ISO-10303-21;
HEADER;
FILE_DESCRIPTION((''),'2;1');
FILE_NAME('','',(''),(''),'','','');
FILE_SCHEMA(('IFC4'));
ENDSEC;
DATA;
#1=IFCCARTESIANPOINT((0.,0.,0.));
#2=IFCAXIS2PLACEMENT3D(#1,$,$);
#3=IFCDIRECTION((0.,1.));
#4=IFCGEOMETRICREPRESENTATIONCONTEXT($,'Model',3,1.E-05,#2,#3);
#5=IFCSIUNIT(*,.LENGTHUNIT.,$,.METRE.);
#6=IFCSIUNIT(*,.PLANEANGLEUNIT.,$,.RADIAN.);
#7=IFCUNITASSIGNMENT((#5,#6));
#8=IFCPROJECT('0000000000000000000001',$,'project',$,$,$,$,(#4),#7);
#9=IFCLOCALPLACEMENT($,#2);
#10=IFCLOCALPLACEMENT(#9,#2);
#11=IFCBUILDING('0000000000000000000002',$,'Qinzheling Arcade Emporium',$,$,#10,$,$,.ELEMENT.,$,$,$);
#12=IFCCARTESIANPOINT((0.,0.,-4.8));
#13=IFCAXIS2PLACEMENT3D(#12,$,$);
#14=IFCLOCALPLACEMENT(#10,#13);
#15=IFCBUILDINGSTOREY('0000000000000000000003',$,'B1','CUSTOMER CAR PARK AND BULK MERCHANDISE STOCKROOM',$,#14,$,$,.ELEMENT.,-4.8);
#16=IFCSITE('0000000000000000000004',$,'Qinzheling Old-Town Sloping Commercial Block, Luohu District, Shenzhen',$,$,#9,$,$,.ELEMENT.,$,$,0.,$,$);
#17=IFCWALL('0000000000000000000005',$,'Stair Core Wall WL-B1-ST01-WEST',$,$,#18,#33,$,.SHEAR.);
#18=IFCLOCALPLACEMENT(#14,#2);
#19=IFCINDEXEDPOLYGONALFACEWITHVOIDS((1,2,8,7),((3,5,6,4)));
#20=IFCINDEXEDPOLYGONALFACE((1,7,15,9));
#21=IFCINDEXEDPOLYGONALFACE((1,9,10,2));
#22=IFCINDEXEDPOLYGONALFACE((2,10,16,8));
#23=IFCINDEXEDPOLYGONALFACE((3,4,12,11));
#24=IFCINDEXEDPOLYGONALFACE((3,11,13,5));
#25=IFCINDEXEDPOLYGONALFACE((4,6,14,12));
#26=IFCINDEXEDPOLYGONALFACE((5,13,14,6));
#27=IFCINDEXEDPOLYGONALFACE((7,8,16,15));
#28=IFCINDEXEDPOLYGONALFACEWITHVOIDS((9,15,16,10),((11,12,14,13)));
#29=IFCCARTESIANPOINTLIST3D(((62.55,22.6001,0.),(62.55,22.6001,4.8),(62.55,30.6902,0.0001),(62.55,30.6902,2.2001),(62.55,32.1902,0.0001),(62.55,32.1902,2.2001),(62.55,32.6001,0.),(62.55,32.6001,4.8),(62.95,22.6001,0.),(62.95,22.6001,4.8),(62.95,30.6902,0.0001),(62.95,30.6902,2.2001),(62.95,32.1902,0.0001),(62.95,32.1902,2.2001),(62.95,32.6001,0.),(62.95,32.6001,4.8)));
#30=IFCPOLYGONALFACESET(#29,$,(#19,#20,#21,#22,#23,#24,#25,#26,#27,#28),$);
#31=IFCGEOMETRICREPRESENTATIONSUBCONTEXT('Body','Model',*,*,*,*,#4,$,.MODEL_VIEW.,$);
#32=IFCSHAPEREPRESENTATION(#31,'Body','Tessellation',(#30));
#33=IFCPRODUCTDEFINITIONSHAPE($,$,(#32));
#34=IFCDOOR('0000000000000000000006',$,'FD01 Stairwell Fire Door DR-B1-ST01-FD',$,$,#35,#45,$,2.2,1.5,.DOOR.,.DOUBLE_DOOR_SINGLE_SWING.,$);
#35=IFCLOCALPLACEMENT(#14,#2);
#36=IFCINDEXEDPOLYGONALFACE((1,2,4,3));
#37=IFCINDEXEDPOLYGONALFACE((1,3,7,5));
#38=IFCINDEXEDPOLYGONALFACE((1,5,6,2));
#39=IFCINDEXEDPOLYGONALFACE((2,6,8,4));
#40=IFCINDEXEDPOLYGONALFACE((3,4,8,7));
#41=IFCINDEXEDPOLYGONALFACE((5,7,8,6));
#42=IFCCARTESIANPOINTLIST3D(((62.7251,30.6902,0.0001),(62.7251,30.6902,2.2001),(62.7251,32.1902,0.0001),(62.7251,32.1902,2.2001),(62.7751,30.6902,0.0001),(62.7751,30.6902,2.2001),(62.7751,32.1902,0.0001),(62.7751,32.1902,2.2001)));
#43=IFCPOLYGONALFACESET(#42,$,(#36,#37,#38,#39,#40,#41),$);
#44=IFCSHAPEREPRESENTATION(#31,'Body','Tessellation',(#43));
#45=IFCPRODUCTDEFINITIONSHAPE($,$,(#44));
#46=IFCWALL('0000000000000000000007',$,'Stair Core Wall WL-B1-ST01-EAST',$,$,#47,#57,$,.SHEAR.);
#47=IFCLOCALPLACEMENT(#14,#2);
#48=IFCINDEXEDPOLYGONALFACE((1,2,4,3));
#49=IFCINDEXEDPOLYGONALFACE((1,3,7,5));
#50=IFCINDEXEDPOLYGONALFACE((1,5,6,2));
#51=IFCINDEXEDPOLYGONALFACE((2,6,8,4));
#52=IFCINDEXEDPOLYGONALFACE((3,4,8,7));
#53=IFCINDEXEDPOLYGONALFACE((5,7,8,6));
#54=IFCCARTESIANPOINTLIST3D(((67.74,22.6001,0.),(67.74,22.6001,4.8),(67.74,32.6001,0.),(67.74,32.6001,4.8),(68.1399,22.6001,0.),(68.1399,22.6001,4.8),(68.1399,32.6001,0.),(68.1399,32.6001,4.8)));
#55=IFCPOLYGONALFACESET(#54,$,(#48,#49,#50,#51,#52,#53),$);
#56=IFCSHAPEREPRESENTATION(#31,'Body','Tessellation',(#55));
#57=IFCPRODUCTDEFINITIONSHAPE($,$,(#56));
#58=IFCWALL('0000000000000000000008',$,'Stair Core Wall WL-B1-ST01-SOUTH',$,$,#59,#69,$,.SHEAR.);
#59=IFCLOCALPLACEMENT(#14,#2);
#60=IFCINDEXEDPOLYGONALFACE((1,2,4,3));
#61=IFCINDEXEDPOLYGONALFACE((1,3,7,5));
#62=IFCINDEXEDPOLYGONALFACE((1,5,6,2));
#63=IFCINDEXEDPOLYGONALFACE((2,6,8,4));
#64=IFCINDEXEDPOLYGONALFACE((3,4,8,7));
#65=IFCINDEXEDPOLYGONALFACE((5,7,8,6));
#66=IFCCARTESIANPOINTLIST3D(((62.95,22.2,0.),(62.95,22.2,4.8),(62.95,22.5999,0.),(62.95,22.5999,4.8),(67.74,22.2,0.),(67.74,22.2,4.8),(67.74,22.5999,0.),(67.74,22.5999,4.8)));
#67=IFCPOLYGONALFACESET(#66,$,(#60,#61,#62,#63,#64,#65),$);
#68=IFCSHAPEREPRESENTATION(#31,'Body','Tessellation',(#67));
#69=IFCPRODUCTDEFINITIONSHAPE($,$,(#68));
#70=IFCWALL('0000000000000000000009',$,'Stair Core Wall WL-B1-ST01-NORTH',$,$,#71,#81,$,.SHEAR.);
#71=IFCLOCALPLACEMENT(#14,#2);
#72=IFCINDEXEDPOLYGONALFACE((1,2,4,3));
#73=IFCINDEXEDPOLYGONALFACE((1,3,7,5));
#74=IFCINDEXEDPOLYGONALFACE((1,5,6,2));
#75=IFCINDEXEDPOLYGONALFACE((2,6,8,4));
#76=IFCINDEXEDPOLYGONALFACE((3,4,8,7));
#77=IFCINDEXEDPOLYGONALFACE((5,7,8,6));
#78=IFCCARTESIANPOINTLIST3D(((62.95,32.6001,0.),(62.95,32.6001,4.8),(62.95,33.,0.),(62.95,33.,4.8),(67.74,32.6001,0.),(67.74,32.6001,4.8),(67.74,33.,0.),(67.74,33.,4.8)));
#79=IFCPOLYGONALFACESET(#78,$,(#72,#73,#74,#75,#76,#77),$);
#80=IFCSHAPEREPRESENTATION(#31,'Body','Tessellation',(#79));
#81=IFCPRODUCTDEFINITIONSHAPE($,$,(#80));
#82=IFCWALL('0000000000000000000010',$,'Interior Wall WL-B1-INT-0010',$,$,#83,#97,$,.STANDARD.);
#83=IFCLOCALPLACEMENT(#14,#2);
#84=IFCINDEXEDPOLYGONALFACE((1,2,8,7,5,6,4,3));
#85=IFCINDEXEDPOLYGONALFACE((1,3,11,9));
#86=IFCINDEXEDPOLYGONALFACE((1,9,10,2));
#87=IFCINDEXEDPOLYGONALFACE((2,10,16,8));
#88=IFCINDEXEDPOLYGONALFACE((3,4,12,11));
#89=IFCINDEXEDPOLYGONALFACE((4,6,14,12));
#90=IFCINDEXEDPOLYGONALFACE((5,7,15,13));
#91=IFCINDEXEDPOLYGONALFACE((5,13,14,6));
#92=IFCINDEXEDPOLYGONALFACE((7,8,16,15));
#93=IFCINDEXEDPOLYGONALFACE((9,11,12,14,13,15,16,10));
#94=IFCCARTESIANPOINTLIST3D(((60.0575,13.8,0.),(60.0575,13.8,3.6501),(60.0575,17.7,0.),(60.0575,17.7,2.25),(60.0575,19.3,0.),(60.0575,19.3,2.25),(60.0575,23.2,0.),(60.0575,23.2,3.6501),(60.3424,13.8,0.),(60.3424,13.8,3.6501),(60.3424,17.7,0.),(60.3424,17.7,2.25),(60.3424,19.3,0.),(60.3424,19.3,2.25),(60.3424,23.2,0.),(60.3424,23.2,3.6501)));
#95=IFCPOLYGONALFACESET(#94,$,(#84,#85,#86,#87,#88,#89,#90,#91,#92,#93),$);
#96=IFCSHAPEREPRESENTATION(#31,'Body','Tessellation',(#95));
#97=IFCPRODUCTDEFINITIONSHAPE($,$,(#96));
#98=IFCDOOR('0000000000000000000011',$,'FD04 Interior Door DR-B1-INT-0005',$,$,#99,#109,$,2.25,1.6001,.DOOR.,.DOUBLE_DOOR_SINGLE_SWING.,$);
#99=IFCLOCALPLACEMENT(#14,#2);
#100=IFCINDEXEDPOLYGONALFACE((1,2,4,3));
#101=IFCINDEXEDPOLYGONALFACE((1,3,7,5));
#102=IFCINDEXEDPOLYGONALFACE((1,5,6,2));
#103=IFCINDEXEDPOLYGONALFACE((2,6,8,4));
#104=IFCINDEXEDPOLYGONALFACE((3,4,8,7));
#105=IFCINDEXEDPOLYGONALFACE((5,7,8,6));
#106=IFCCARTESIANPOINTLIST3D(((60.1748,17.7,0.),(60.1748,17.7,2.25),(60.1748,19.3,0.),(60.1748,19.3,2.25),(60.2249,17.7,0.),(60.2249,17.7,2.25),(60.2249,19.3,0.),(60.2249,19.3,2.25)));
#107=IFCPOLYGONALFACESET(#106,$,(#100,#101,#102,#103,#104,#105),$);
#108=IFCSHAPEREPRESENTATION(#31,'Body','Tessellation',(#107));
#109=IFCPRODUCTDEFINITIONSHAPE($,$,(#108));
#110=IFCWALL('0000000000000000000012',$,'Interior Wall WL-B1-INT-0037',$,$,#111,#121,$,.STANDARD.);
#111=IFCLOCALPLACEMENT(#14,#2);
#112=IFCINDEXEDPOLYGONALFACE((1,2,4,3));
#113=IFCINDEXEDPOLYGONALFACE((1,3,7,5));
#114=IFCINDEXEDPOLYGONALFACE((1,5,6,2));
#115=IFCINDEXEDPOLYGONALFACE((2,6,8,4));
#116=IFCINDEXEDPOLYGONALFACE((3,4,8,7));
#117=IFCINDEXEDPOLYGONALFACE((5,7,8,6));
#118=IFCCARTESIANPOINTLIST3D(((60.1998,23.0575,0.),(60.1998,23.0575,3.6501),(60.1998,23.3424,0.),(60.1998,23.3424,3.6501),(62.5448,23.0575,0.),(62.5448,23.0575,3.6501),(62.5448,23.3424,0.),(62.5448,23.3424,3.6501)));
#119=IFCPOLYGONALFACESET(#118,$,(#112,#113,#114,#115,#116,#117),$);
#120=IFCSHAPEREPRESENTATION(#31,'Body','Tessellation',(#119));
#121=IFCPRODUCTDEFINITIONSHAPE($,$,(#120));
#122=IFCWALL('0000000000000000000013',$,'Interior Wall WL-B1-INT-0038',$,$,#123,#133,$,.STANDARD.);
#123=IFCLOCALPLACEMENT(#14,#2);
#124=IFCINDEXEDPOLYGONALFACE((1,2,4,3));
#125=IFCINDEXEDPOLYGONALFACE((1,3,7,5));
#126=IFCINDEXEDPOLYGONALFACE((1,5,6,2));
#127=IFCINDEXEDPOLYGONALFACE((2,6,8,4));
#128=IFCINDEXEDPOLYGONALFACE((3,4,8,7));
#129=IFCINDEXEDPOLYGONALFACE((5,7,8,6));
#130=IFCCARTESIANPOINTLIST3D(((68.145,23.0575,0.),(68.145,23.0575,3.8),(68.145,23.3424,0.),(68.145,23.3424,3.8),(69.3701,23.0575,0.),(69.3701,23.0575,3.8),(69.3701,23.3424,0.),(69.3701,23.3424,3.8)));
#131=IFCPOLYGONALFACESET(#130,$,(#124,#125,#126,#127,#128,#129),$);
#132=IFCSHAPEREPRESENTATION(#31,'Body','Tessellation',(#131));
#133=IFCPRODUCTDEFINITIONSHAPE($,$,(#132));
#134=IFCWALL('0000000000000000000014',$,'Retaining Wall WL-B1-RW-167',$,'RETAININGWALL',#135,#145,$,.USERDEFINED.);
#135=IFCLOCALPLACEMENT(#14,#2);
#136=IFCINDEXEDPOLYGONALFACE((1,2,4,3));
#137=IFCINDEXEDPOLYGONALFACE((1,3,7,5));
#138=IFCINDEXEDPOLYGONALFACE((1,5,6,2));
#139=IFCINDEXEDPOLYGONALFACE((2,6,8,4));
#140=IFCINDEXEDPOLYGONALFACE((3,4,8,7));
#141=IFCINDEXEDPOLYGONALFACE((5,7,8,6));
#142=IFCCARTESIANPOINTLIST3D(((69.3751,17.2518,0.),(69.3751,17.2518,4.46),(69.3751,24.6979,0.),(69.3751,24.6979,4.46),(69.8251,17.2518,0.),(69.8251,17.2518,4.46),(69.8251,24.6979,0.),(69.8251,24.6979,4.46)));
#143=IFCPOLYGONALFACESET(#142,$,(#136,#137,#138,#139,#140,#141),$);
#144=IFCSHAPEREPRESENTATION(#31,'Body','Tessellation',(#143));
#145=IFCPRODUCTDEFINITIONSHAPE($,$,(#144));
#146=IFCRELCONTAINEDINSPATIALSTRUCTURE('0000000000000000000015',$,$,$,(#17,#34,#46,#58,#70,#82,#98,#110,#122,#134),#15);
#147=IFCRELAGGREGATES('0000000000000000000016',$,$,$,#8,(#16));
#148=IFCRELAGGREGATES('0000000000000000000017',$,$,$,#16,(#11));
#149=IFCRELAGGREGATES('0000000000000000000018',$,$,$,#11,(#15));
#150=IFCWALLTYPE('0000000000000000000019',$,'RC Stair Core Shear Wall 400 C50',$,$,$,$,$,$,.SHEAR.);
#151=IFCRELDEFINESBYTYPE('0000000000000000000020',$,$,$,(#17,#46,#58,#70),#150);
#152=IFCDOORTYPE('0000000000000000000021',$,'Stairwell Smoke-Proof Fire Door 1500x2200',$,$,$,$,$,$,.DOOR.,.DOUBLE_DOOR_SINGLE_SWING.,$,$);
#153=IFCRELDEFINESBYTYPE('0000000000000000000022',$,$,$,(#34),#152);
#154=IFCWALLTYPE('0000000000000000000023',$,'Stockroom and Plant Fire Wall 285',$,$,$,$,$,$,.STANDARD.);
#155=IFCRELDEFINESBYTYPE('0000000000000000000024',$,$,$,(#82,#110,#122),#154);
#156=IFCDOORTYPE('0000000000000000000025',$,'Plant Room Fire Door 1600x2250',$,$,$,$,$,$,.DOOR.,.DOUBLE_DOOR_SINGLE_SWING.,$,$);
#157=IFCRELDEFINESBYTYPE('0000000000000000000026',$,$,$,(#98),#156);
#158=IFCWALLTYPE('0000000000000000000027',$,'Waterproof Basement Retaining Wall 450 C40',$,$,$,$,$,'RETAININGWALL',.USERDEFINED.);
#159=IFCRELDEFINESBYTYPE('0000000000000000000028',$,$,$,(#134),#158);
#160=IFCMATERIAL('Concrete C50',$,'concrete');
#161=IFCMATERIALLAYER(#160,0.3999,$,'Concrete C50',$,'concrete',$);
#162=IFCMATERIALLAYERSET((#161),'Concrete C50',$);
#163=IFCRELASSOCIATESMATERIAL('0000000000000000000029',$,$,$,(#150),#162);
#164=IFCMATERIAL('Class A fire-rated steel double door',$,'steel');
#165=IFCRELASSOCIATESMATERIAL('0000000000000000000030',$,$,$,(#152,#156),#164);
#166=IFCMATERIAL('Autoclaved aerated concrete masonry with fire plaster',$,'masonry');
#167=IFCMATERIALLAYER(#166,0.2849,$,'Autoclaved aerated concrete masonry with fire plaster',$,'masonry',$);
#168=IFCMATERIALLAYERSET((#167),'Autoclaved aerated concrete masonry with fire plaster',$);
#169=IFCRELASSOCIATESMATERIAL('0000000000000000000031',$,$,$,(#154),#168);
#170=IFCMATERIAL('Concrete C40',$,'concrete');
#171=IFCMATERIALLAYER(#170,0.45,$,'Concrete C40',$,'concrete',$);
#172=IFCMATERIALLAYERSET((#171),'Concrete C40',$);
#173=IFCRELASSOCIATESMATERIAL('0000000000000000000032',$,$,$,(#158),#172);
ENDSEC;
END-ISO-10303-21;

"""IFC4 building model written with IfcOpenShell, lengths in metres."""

from ifc_helpers import new_model, si_unit, direction, frame, frame_2d, origin, place, context, subcontext, project, spatial, rectangle, extrude, material, layer, layer_set, type_object, element, fill, save


model = new_model("IFC4")

# Units and contexts
model_context = context("Model", 3, precision=1e-05, world=origin(), true_north=direction((0.0, 1.0)))
body_context = subcontext(model_context, "Body", "Model", "MODEL_VIEW")
ifc_project = project(units=[si_unit("LENGTHUNIT", "METRE"), si_unit("PLANEANGLEUNIT", "RADIAN")], contexts=[model_context])

# Site, building, storey
site_placement = place(None, origin())
site = spatial("IfcSite", under=ifc_project, at=site_placement, Name="Qinzheling Old-Town Sloping Commercial Block, Luohu District, Shenzhen", CompositionType="ELEMENT", RefElevation=0.0)
building_placement = place(site_placement, origin())
building = spatial("IfcBuilding", under=site, at=building_placement, Name="Qinzheling Arcade Emporium", CompositionType="ELEMENT")
storey_placement = place(building_placement, frame((0.0, 0.0, -4.8)))
storey = spatial("IfcBuildingStorey", under=building, at=storey_placement, Name="B1", Description="CUSTOMER CAR PARK AND BULK MERCHANDISE STOCKROOM", CompositionType="ELEMENT", Elevation=-4.8)

# Shared definitions
ifc_material_1 = material(Name="Concrete C50", Category="concrete")

# Shared definitions
ifc_material_2 = material(Name="Concrete C40", Category="concrete")

# Wall, opening, door
ifc_layer_1 = layer(ifc_material_1, 0.3999, Name="Concrete C50", Category="concrete")
ifc_layer_set_1 = layer_set([ifc_layer_1], Name="Concrete C50")
wall_type_1 = type_object("IfcWallType", Name="RC Stair Core Shear Wall 400 C50", PredefinedType="SHEAR", material=ifc_layer_set_1)
wall_1_placement = place(storey_placement, frame((62.75, 22.6001, 0.0), z_axis=(0.0, 0.0, 1.0), x_axis=(0.0, 1.0, 0.0)))
wall_1 = element("IfcWall", 1, at=wall_1_placement, inside=storey, type_object=wall_type_1, Name="Stair Core Wall WL-B1-ST01-WEST", PredefinedType="SHEAR", context=body_context, shape_type="SweptSolid", body=[
    extrude(rectangle(XDim=10.0, YDim=0.3999, at=frame_2d((5.0, 0.0))), origin(), (0.0, 0.0, 1.0), 4.8),
])
opening_1_placement = place(wall_1_placement, frame((8.0901, 0.0, 0.0)))
opening_1 = element("IfcOpeningElement", 2, at=opening_1_placement, cuts=wall_1, PredefinedType="OPENING", context=body_context, shape_type="SweptSolid", body=[
    extrude(rectangle(XDim=1.5, YDim=2.2, at=frame_2d((0.75, 1.1001))), frame((0.0, 0.21, 0.0), z_axis=(0.0, -1.0, 0.0), x_axis=(1.0, 0.0, 0.0)), (0.0, 0.0, 1.0), 0.4199),
])
ifc_material_3 = material(Name="Class A fire-rated steel double door", Category="steel")
door_type_1 = type_object("IfcDoorType", Name="Stairwell Smoke-Proof Fire Door 1500x2200", OperationType="DOUBLE_DOOR_SINGLE_SWING", PredefinedType="DOOR", material=ifc_material_3)
door_1_placement = place(opening_1_placement, origin())
door_1 = element("IfcDoor", 3, at=door_1_placement, inside=storey, type_object=door_type_1, Name="FD01 Stairwell Fire Door DR-B1-ST01-FD", OperationType="DOUBLE_DOOR_SINGLE_SWING", OverallHeight=2.2, OverallWidth=1.5, PredefinedType="DOOR", context=body_context, shape_type="SweptSolid", body=[
    extrude(rectangle(XDim=1.5, YDim=2.2, at=frame_2d((0.75, 1.1001))), frame((0.0, 0.0249, 0.0), z_axis=(0.0, -1.0, 0.0), x_axis=(1.0, 0.0, 0.0)), (0.0, 0.0, 1.0), 0.05),
])
fill(opening_1, door_1)

# Walls
wall_2_placement = place(storey_placement, frame((67.9399, 32.6001, 0.0), z_axis=(0.0, 0.0, 1.0), x_axis=(0.0, -1.0, 0.0)))
element("IfcWall", 4, at=wall_2_placement, inside=storey, type_object=wall_type_1, Name="Stair Core Wall WL-B1-ST01-EAST", PredefinedType="SHEAR", context=body_context, shape_type="SweptSolid", body=[
    extrude(rectangle(XDim=10.0, YDim=0.3999, at=frame_2d((5.0, 0.0))), origin(), (0.0, 0.0, 1.0), 4.8),
])
for number, where, z_axis, x_axis, name in (
    (5, (67.74, 22.3999, 0.0), (0.0, 0.0, 1.0), (-1.0, 0.0, 0.0), "Stair Core Wall WL-B1-ST01-SOUTH"),
    (6, (62.95, 32.8, 0.0), (0.0, 0.0, 1.0), (1.0, 0.0, 0.0), "Stair Core Wall WL-B1-ST01-NORTH"),
):
    element("IfcWall", number, at=place(storey_placement, frame(where, z_axis=z_axis, x_axis=x_axis)), inside=storey, type_object=wall_type_1, Name=name, PredefinedType="SHEAR", context=body_context, shape_type="SweptSolid", body=[
        extrude(rectangle(XDim=4.79, YDim=0.3999, at=frame_2d((2.395, 0.0))), origin(), (0.0, 0.0, 1.0), 4.8),
    ])

# Wall, opening, door
ifc_material_4 = material(Name="Autoclaved aerated concrete masonry with fire plaster", Category="masonry")
ifc_layer_2 = layer(ifc_material_4, 0.2849, Name="Autoclaved aerated concrete masonry with fire plaster", Category="masonry")
ifc_layer_set_2 = layer_set([ifc_layer_2], Name="Autoclaved aerated concrete masonry with fire plaster")
wall_type_2 = type_object("IfcWallType", Name="Stockroom and Plant Fire Wall 285", PredefinedType="STANDARD", material=ifc_layer_set_2)
wall_3_placement = place(storey_placement, frame((60.2, 23.2, 0.0), z_axis=(0.0, 0.0, 1.0), x_axis=(0.0, -1.0, 0.0)))
wall_3 = element("IfcWall", 7, at=wall_3_placement, inside=storey, type_object=wall_type_2, Name="Interior Wall WL-B1-INT-0010", PredefinedType="STANDARD", context=body_context, shape_type="SweptSolid", body=[
    extrude(rectangle(XDim=9.3999, YDim=0.2849, at=frame_2d((4.7, 0.0))), origin(), (0.0, 0.0, 1.0), 3.6501),
])
opening_2_placement = place(wall_3_placement, frame((3.8999, 0.0, 0.0)))
opening_2 = element("IfcOpeningElement", 8, at=opening_2_placement, cuts=wall_3, PredefinedType="OPENING", context=body_context, shape_type="SweptSolid", body=[
    extrude(rectangle(XDim=1.6001, YDim=2.25, at=frame_2d((0.8, 1.125))), frame((0.0, 0.1523, 0.0), z_axis=(0.0, -1.0, 0.0), x_axis=(1.0, 0.0, 0.0)), (0.0, 0.0, 1.0), 0.3049),
])
door_type_2 = type_object("IfcDoorType", Name="Plant Room Fire Door 1600x2250", OperationType="DOUBLE_DOOR_SINGLE_SWING", PredefinedType="DOOR", material=ifc_material_3)
door_2_placement = place(opening_2_placement, origin())
door_2 = element("IfcDoor", 9, at=door_2_placement, inside=storey, type_object=door_type_2, Name="FD04 Interior Door DR-B1-INT-0005", OperationType="DOUBLE_DOOR_SINGLE_SWING", OverallHeight=2.25, OverallWidth=1.6001, PredefinedType="DOOR", context=body_context, shape_type="SweptSolid", body=[
    extrude(rectangle(XDim=1.6001, YDim=2.25, at=frame_2d((0.8, 1.125))), frame((0.0, 0.0249, 0.0), z_axis=(0.0, -1.0, 0.0), x_axis=(1.0, 0.0, 0.0)), (0.0, 0.0, 1.0), 0.05),
])
fill(opening_2, door_2)

# Walls
wall_4_placement = place(storey_placement, frame((60.2, 23.2, 0.0), z_axis=(0.0, 0.0, 1.0), x_axis=(1.0, 0.0, 0.0)))
element("IfcWall", 10, at=wall_4_placement, inside=storey, type_object=wall_type_2, Name="Interior Wall WL-B1-INT-0037", PredefinedType="STANDARD", context=body_context, shape_type="SweptSolid", body=[
    extrude(rectangle(XDim=2.345, YDim=0.2849, at=frame_2d((1.1724, 0.0))), origin(), (0.0, 0.0, 1.0), 3.6501),
])
wall_5_placement = place(storey_placement, frame((68.145, 23.2, 0.0), z_axis=(0.0, 0.0, 1.0), x_axis=(1.0, 0.0, 0.0)))
element("IfcWall", 11, at=wall_5_placement, inside=storey, type_object=wall_type_2, Name="Interior Wall WL-B1-INT-0038", PredefinedType="STANDARD", context=body_context, shape_type="SweptSolid", body=[
    extrude(rectangle(XDim=1.2251, YDim=0.2849, at=frame_2d((0.6125, 0.0))), origin(), (0.0, 0.0, 1.0), 3.8),
])
ifc_layer_3 = layer(ifc_material_2, 0.45, Name="Concrete C40", Category="concrete")
ifc_layer_set_3 = layer_set([ifc_layer_3], Name="Concrete C40")
wall_type_3 = type_object("IfcWallType", Name="Waterproof Basement Retaining Wall 450 C40", ElementType="RETAININGWALL", PredefinedType="USERDEFINED", material=ifc_layer_set_3)
wall_6_placement = place(storey_placement, frame((69.6001, 24.698, 0.0), z_axis=(0.0, 0.0, 1.0), x_axis=(0.0, -1.0, 0.0)))
element("IfcWall", 12, at=wall_6_placement, inside=storey, type_object=wall_type_3, Name="Retaining Wall WL-B1-RW-167", ObjectType="RETAININGWALL", PredefinedType="USERDEFINED", context=body_context, shape_type="SweptSolid", body=[
    extrude(rectangle(XDim=7.446, YDim=0.45, at=frame_2d((3.7231, 0.0))), origin(), (0.0, 0.0, 1.0), 4.46),
])

save(model, "model.ifc")
